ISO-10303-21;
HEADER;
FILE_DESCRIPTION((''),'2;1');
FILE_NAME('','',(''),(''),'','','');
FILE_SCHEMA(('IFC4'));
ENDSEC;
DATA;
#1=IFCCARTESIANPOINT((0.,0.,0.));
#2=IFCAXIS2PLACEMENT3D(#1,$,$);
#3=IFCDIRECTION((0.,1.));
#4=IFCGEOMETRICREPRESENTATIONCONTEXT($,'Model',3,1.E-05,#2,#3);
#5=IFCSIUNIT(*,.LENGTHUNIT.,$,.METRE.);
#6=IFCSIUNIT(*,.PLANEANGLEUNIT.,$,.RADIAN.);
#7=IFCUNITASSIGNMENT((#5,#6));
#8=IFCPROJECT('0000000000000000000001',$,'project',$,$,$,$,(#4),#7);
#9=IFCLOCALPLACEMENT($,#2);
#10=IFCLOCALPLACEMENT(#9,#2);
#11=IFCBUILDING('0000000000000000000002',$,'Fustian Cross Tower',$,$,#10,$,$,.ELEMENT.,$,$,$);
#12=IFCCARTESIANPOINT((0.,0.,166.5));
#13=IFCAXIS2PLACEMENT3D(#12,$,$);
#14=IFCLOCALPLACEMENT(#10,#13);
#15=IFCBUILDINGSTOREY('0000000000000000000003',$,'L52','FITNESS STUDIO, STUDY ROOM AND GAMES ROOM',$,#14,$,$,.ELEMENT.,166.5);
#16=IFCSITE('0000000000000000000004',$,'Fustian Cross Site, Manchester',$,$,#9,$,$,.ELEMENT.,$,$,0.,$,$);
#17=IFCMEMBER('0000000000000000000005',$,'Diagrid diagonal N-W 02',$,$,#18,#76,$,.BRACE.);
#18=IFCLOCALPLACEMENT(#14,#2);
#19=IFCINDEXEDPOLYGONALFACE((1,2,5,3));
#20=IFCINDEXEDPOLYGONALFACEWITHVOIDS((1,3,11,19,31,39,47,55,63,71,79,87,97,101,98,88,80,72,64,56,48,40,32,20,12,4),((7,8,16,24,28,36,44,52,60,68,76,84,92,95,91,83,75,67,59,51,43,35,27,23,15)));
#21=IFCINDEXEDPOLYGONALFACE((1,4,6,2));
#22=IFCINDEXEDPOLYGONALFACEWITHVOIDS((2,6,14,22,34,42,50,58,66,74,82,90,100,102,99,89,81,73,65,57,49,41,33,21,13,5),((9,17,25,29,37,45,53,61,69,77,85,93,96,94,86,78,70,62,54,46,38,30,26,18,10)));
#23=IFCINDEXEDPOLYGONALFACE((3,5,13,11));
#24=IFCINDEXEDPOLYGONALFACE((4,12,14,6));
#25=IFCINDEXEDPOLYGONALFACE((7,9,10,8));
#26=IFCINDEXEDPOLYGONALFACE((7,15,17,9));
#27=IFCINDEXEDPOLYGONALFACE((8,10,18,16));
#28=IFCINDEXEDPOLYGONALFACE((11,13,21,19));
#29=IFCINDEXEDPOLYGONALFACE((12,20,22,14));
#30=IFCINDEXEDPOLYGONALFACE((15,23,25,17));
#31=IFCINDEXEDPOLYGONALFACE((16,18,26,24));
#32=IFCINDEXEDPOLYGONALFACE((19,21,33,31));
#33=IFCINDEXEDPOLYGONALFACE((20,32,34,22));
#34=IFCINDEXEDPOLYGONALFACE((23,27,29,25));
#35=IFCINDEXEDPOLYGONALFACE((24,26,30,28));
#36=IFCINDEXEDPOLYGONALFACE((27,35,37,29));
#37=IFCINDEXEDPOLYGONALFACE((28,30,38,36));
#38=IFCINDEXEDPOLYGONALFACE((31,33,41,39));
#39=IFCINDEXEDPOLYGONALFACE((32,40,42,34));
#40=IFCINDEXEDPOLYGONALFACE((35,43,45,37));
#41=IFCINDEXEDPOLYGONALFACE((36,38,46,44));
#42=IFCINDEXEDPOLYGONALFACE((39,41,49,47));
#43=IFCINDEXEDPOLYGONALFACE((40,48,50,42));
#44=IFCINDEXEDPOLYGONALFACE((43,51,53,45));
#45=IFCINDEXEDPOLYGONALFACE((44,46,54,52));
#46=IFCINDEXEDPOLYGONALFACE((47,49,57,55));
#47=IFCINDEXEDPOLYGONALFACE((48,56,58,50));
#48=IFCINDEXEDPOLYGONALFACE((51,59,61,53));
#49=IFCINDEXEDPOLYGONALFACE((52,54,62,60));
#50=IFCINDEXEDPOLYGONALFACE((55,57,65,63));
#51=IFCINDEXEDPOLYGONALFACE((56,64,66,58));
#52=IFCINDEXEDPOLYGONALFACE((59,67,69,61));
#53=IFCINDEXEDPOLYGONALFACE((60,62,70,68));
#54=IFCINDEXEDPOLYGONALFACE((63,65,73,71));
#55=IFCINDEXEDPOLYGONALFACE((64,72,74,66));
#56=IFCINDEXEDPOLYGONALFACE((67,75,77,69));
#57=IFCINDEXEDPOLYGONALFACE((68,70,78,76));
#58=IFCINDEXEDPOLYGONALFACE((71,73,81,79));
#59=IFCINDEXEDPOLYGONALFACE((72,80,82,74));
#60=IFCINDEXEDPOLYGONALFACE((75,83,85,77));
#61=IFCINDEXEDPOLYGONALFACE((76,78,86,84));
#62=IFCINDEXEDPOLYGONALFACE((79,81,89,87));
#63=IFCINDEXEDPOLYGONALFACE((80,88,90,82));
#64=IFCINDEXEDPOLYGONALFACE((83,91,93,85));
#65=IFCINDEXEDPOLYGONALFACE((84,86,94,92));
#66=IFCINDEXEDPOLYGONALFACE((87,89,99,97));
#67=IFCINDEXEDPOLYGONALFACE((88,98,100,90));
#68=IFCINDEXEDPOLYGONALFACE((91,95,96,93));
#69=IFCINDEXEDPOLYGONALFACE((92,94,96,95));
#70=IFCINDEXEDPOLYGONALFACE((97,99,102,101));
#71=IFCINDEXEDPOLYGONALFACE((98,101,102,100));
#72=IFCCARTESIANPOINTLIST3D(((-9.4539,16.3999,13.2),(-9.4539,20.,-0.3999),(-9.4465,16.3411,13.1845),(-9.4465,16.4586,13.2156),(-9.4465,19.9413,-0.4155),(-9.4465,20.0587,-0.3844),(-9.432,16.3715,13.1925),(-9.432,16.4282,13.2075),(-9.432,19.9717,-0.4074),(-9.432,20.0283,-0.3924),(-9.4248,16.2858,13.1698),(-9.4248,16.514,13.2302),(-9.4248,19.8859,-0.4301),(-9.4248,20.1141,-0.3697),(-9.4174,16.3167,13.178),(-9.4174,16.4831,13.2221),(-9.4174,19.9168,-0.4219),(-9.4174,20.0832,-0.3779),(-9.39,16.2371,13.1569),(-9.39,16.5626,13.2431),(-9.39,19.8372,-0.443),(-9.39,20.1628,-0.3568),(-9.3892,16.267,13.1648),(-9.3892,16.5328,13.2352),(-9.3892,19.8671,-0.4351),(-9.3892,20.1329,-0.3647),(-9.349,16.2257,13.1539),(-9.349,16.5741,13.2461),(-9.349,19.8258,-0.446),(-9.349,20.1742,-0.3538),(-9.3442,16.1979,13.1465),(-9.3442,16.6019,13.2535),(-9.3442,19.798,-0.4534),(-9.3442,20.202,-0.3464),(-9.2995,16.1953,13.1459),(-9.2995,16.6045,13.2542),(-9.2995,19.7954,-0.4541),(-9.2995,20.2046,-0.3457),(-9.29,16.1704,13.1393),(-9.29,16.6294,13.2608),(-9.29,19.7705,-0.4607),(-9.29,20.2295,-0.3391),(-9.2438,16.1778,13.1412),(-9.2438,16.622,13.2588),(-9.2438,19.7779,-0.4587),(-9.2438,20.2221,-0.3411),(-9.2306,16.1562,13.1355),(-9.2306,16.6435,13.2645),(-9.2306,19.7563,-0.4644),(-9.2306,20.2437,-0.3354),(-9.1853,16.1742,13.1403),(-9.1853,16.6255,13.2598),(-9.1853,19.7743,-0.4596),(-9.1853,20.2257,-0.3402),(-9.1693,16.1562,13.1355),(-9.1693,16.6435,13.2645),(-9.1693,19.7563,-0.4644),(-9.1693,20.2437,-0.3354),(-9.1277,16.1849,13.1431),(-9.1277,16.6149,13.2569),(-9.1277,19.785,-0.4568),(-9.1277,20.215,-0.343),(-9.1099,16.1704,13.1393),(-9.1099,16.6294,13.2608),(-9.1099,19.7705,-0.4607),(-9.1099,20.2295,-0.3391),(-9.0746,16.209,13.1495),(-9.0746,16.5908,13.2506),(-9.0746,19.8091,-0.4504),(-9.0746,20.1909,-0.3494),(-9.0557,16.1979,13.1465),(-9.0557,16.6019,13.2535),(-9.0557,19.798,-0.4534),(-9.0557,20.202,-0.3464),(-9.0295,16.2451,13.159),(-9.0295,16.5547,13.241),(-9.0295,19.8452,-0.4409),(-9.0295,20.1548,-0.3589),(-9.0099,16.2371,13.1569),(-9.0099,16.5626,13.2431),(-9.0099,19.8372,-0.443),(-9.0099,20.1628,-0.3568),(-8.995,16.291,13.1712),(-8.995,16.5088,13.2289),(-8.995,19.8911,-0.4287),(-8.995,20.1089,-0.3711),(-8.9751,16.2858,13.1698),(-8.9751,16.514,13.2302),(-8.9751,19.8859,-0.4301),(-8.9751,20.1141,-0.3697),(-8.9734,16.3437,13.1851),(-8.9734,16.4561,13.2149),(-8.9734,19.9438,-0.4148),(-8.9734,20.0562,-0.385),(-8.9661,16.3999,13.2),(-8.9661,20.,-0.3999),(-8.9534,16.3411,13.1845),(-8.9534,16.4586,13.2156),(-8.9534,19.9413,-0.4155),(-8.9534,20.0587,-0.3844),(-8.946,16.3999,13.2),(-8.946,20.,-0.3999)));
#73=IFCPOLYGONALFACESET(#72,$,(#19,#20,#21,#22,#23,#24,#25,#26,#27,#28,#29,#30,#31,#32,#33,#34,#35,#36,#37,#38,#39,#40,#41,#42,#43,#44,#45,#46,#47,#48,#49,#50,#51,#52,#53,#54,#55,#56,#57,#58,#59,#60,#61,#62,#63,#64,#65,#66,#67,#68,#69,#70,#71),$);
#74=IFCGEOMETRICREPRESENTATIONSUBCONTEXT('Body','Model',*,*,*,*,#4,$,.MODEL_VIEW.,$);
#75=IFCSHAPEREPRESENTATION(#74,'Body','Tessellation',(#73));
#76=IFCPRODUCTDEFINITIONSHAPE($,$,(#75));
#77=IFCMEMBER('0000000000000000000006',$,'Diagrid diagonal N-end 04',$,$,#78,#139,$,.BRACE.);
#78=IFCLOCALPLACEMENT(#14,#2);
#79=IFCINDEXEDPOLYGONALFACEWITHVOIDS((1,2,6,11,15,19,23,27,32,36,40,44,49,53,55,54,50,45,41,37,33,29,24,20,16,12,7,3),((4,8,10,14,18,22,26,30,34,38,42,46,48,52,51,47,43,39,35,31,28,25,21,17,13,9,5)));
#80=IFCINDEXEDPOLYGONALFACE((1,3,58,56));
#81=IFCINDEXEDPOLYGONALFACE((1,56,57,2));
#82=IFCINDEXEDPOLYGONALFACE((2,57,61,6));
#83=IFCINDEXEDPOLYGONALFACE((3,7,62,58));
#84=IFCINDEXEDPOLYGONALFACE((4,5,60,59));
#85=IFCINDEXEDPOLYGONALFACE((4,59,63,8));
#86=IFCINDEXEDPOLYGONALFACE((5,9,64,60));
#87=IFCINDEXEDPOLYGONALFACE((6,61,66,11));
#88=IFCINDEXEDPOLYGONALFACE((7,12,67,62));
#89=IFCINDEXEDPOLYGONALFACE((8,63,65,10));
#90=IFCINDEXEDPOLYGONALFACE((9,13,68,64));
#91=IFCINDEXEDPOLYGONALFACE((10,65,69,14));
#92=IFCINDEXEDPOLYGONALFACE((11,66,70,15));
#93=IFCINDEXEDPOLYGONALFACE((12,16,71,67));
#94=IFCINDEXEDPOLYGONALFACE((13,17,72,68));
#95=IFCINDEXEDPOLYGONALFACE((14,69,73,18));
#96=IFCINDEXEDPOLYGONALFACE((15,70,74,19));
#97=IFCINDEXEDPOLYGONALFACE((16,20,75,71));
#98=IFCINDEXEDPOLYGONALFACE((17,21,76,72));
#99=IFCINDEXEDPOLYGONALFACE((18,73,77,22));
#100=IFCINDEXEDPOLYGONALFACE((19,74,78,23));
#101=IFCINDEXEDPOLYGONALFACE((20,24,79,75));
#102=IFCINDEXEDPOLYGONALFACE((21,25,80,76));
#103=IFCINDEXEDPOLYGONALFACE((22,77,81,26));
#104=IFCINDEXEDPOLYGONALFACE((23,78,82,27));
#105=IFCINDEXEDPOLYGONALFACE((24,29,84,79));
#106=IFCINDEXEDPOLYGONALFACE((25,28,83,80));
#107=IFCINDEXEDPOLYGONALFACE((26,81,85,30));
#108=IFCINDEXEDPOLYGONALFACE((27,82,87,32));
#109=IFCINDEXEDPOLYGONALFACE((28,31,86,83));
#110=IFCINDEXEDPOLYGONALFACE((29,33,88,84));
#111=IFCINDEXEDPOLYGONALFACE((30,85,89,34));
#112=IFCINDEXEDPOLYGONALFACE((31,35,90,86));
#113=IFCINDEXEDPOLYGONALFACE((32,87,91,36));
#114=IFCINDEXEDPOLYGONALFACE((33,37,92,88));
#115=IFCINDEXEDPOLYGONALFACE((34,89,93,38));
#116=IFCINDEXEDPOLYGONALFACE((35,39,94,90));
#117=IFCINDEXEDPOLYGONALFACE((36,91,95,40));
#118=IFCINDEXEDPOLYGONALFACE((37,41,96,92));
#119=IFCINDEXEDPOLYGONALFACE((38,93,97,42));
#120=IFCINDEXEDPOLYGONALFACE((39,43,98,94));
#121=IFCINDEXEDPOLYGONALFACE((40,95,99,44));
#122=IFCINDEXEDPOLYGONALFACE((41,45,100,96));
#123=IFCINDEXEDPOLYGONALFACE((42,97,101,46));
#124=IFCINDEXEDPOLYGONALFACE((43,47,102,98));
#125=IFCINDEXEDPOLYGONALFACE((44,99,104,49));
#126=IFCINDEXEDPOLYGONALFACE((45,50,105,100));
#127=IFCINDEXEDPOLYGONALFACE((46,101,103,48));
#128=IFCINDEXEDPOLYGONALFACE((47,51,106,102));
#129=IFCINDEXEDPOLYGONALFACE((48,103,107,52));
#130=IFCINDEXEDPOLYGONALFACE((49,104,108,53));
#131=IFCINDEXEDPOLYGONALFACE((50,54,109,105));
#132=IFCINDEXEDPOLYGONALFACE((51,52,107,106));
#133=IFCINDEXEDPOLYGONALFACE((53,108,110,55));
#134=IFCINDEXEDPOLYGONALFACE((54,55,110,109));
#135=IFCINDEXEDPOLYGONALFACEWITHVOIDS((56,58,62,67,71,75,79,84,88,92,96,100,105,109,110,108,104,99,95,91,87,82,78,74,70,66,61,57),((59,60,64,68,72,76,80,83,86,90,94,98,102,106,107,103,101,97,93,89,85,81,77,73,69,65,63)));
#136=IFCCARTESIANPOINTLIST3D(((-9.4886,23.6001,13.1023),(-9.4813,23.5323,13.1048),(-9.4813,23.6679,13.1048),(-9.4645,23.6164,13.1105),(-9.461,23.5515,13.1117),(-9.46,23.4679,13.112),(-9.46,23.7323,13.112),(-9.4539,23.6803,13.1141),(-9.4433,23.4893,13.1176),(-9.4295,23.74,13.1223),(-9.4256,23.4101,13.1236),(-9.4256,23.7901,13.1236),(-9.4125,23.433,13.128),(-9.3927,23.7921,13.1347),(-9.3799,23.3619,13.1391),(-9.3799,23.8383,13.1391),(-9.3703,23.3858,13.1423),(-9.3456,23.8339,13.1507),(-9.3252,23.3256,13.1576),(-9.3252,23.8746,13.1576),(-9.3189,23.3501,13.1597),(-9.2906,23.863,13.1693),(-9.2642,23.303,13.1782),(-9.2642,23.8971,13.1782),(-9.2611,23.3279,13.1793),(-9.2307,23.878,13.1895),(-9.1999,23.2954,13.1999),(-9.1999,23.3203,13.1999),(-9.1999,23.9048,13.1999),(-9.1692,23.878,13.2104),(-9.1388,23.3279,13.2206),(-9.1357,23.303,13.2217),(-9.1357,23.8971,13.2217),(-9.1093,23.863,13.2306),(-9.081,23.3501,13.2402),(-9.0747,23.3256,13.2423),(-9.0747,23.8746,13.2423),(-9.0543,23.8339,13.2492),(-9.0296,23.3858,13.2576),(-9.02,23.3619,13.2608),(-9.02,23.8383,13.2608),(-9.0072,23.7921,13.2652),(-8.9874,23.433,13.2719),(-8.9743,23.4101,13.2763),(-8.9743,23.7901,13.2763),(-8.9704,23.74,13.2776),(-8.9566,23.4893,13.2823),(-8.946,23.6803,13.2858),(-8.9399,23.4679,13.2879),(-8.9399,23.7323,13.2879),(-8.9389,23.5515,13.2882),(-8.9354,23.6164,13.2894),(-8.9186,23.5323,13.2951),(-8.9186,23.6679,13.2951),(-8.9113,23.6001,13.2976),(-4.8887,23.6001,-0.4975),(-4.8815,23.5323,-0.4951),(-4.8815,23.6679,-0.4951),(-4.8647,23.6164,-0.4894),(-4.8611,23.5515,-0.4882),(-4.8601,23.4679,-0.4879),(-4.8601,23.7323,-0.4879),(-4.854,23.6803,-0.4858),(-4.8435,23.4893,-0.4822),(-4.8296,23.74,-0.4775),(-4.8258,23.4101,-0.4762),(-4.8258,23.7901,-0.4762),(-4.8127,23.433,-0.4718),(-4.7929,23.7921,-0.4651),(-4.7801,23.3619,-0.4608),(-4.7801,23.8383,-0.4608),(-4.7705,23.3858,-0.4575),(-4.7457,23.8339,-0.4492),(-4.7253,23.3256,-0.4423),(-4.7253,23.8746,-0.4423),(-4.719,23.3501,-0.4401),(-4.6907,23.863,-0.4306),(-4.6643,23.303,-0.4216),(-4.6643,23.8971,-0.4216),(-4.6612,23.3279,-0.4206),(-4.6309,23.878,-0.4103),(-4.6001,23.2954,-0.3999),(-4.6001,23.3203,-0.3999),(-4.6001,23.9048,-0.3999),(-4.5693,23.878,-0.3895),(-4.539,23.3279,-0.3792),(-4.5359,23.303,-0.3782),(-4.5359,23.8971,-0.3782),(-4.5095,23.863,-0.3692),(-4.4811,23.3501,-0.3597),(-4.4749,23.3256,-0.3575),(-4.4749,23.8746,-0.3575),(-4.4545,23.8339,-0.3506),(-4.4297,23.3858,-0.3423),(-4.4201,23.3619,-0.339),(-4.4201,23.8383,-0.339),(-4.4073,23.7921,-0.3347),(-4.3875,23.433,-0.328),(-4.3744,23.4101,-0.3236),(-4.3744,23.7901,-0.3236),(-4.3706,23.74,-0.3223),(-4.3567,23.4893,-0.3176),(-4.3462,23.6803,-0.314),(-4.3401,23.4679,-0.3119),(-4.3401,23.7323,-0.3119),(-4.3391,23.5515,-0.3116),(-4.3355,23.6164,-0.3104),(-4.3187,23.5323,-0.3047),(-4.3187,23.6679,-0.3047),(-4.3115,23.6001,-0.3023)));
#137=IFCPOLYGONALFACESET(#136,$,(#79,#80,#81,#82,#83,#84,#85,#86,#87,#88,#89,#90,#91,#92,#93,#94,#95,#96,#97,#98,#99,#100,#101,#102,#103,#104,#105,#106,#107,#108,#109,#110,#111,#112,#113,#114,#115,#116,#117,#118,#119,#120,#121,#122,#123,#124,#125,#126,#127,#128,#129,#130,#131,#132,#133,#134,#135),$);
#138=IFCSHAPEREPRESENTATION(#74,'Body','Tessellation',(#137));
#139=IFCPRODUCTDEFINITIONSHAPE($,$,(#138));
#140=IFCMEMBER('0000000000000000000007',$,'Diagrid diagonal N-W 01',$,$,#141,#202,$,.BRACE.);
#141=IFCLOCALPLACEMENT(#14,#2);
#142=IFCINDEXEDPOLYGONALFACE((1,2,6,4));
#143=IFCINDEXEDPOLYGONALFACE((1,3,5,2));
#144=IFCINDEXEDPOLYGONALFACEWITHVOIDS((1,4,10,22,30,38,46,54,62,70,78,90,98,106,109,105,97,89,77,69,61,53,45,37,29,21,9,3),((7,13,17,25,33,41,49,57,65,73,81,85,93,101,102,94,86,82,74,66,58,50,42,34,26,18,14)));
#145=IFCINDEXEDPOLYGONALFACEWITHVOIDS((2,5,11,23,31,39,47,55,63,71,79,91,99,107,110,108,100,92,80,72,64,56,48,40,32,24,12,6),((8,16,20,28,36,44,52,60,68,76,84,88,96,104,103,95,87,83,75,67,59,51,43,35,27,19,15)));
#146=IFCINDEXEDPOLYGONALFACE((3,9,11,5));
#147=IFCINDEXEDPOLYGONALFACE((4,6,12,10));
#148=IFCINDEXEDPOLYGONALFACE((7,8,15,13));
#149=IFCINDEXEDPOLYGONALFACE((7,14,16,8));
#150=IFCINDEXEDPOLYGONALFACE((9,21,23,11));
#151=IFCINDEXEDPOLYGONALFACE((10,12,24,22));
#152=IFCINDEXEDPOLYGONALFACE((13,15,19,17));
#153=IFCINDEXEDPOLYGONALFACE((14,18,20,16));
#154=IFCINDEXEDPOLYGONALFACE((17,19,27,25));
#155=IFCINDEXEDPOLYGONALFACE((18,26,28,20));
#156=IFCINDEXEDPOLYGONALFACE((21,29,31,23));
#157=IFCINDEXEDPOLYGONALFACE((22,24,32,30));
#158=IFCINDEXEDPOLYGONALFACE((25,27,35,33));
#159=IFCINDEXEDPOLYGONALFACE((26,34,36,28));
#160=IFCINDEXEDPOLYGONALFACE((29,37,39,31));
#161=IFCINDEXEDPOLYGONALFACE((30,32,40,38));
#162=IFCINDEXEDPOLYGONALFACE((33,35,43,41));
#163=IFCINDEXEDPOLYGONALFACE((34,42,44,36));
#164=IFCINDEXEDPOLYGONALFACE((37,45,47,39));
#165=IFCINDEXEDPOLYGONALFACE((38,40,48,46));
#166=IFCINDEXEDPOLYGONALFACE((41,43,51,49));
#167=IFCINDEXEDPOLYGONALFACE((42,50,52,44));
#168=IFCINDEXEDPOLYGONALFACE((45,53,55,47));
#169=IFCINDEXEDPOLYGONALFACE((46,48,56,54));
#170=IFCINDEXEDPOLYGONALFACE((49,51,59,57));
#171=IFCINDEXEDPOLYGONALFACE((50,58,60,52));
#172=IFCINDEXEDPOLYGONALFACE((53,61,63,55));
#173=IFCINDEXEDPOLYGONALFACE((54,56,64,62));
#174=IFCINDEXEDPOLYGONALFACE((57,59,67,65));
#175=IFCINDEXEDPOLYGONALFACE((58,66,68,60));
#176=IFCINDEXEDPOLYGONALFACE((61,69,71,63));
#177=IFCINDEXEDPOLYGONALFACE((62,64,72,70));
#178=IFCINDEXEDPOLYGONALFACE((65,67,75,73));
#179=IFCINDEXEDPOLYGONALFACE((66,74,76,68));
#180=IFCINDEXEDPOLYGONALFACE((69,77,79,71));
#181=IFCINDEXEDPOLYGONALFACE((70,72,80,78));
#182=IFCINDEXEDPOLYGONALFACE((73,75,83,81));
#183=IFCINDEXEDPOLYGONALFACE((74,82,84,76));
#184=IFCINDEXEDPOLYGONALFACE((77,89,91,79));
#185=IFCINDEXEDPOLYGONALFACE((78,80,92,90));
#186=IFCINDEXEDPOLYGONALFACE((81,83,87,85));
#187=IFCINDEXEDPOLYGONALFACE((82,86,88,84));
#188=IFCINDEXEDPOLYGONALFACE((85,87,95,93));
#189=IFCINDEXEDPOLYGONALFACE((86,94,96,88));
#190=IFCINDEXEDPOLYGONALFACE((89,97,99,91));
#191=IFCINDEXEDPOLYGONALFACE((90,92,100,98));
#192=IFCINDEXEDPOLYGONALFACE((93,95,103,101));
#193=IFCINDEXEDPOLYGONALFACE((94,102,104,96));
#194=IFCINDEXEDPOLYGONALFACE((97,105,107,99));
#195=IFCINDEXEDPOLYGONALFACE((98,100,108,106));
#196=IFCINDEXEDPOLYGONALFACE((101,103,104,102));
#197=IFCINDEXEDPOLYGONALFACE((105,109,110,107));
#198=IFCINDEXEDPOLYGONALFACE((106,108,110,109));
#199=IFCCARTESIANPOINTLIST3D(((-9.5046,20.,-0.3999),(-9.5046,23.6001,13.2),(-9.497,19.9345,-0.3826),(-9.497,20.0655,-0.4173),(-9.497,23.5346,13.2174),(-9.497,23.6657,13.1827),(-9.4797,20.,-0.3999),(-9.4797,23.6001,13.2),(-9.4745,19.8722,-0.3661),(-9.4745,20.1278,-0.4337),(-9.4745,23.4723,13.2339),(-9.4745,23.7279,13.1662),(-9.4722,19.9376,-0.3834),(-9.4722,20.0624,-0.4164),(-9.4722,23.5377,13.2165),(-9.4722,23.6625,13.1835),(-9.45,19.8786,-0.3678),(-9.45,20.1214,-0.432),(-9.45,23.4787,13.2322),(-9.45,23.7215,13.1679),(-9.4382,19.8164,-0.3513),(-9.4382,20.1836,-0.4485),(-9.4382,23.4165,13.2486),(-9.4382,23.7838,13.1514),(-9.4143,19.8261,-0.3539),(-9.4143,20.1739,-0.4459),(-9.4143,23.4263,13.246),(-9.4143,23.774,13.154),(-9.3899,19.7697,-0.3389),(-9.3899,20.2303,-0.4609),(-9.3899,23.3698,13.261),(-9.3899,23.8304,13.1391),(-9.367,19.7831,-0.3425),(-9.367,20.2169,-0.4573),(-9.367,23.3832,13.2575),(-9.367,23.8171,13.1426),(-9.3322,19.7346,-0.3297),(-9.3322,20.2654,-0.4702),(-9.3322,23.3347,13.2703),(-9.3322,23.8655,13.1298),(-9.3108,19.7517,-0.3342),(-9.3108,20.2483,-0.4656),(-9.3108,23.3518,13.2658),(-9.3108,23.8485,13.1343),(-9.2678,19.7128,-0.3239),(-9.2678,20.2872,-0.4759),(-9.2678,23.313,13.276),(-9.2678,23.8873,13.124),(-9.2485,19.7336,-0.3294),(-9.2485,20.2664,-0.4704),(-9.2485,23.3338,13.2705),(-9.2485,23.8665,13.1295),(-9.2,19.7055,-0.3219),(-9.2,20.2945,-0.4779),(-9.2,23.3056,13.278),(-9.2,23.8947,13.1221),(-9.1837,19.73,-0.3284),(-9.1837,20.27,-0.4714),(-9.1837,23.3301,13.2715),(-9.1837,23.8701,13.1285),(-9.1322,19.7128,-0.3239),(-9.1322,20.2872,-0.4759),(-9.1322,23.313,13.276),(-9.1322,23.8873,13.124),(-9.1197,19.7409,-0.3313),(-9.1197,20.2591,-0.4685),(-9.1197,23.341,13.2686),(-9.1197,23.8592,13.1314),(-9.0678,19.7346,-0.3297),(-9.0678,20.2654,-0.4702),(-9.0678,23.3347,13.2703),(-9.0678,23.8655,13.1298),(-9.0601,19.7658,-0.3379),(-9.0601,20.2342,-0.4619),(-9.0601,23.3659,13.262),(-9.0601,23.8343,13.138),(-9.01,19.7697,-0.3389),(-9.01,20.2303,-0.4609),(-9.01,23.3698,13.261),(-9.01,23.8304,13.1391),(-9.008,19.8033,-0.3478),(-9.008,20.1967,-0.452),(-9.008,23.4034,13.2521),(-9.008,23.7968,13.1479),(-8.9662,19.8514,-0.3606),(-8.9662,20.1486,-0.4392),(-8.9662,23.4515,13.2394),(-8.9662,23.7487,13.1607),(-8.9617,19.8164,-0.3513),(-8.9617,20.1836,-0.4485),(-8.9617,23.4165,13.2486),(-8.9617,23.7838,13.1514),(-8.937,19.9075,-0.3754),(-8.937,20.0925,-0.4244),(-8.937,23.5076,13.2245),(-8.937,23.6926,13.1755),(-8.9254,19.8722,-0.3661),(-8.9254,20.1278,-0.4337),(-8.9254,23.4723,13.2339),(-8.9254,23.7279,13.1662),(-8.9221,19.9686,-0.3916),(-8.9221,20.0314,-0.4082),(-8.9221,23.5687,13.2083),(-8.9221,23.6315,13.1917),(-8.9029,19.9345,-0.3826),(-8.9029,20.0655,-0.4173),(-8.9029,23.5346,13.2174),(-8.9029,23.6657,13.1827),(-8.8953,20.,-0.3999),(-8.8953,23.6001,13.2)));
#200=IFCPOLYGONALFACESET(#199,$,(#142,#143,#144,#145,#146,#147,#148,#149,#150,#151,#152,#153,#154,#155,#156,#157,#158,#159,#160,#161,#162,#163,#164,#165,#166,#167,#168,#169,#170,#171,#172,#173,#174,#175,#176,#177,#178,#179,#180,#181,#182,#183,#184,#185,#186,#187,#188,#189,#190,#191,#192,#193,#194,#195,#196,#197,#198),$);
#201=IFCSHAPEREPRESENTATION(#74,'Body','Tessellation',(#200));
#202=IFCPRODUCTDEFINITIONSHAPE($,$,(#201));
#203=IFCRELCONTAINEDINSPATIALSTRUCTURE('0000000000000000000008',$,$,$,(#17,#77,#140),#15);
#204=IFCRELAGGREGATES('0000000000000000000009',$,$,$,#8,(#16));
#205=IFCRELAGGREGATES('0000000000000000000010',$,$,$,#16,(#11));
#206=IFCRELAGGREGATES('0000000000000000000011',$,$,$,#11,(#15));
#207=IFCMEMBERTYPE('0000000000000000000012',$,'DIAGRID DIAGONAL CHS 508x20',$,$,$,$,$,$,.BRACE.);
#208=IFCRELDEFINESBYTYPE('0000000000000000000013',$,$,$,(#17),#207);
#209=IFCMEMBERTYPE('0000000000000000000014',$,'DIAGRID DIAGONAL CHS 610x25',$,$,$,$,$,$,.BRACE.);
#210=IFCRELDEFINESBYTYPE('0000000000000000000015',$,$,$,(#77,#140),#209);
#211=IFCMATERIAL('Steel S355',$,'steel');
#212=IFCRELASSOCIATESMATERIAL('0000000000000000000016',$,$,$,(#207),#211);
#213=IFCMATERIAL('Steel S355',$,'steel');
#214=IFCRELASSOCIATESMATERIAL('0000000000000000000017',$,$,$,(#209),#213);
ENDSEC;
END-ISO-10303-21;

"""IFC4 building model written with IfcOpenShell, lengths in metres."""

from ifc_helpers import new_model, si_unit, direction, frame, origin, origin_2d, place, context, subcontext, project, spatial, hollow_circle, extrude, material, material_profile, profile_set, type_object, element, save


model = new_model("IFC4")

# Units and contexts
model_context = context("Model", 3, precision=1e-05, world=origin(), true_north=direction((0.0, 1.0)))
body_context = subcontext(model_context, "Body", "Model", "MODEL_VIEW")
ifc_project = project(units=[si_unit("LENGTHUNIT", "METRE"), si_unit("PLANEANGLEUNIT", "RADIAN")], contexts=[model_context])

# Site, building, storey
site_placement = place(None, origin())
site = spatial("IfcSite", under=ifc_project, at=site_placement, Name="Fustian Cross Site, Manchester", CompositionType="ELEMENT", RefElevation=0.0)
building_placement = place(site_placement, origin())
building = spatial("IfcBuilding", under=site, at=building_placement, Name="Fustian Cross Tower", CompositionType="ELEMENT")
storey_placement = place(building_placement, frame((0.0, 0.0, 166.5)))
storey = spatial("IfcBuildingStorey", under=building, at=storey_placement, Name="L52", Description="FITNESS STUDIO, STUDY ROOM AND GAMES ROOM", CompositionType="ELEMENT", Elevation=166.5)

# Members
ifc_material_1 = material(Name="Steel S355", Category="steel")
ifc_material_profile_1 = material_profile(ifc_material_1, hollow_circle(Radius=0.2539, WallThickness=0.02, at=origin_2d()), Name="CHS 508x20")
ifc_profile_set_1 = profile_set([ifc_material_profile_1], Name="Steel S355")
member_type_1 = type_object("IfcMemberType", Name="DIAGRID DIAGONAL CHS 508x20", PredefinedType="BRACE", material=ifc_profile_set_1)
member_1_placement = place(storey_placement, frame((-9.2, 20.0, -0.3999), z_axis=(0.0, -0.255902, 0.966703), x_axis=(1.0, 0.0, 0.0)))
element("IfcMember", 1, at=member_1_placement, inside=storey, type_object=member_type_1, Name="Diagrid diagonal N-W 02", PredefinedType="BRACE", context=body_context, shape_type="SweptSolid", body=[
    extrude(hollow_circle(Radius=0.2539, WallThickness=0.02, at=origin_2d()), origin(), (0.0, 0.0, 1.0), 14.0684),
])
ifc_material_2 = material(Name="Steel S355", Category="steel")
ifc_material_profile_2 = material_profile(ifc_material_2, hollow_circle(Radius=0.3047, WallThickness=0.0249, at=origin_2d()), Name="CHS 610x25")
ifc_profile_set_2 = profile_set([ifc_material_profile_2], Name="Steel S355")
member_type_2 = type_object("IfcMemberType", Name="DIAGRID DIAGONAL CHS 610x25", PredefinedType="BRACE", material=ifc_profile_set_2)
member_2_placement = place(storey_placement, frame((-4.6001, 23.6001, -0.3999), z_axis=(-0.320398, 0.0, 0.947283), x_axis=(0.0, -1.0, 0.0)))
element("IfcMember", 2, at=member_2_placement, inside=storey, type_object=member_type_2, Name="Diagrid diagonal N-end 04", PredefinedType="BRACE", context=body_context, shape_type="SweptSolid", body=[
    extrude(hollow_circle(Radius=0.3047, WallThickness=0.0249, at=origin_2d()), origin(), (0.0, 0.0, 1.0), 14.3567),
])
member_3_placement = place(storey_placement, frame((-9.2, 20.0, -0.3999), z_axis=(0.0, 0.255902, 0.966703), x_axis=(-1.0, 0.0, 0.0)))
element("IfcMember", 3, at=member_3_placement, inside=storey, type_object=member_type_2, Name="Diagrid diagonal N-W 01", PredefinedType="BRACE", context=body_context, shape_type="SweptSolid", body=[
    extrude(hollow_circle(Radius=0.3047, WallThickness=0.0249, at=origin_2d()), origin(), (0.0, 0.0, 1.0), 14.0684),
])

save(model, "model.ifc")
